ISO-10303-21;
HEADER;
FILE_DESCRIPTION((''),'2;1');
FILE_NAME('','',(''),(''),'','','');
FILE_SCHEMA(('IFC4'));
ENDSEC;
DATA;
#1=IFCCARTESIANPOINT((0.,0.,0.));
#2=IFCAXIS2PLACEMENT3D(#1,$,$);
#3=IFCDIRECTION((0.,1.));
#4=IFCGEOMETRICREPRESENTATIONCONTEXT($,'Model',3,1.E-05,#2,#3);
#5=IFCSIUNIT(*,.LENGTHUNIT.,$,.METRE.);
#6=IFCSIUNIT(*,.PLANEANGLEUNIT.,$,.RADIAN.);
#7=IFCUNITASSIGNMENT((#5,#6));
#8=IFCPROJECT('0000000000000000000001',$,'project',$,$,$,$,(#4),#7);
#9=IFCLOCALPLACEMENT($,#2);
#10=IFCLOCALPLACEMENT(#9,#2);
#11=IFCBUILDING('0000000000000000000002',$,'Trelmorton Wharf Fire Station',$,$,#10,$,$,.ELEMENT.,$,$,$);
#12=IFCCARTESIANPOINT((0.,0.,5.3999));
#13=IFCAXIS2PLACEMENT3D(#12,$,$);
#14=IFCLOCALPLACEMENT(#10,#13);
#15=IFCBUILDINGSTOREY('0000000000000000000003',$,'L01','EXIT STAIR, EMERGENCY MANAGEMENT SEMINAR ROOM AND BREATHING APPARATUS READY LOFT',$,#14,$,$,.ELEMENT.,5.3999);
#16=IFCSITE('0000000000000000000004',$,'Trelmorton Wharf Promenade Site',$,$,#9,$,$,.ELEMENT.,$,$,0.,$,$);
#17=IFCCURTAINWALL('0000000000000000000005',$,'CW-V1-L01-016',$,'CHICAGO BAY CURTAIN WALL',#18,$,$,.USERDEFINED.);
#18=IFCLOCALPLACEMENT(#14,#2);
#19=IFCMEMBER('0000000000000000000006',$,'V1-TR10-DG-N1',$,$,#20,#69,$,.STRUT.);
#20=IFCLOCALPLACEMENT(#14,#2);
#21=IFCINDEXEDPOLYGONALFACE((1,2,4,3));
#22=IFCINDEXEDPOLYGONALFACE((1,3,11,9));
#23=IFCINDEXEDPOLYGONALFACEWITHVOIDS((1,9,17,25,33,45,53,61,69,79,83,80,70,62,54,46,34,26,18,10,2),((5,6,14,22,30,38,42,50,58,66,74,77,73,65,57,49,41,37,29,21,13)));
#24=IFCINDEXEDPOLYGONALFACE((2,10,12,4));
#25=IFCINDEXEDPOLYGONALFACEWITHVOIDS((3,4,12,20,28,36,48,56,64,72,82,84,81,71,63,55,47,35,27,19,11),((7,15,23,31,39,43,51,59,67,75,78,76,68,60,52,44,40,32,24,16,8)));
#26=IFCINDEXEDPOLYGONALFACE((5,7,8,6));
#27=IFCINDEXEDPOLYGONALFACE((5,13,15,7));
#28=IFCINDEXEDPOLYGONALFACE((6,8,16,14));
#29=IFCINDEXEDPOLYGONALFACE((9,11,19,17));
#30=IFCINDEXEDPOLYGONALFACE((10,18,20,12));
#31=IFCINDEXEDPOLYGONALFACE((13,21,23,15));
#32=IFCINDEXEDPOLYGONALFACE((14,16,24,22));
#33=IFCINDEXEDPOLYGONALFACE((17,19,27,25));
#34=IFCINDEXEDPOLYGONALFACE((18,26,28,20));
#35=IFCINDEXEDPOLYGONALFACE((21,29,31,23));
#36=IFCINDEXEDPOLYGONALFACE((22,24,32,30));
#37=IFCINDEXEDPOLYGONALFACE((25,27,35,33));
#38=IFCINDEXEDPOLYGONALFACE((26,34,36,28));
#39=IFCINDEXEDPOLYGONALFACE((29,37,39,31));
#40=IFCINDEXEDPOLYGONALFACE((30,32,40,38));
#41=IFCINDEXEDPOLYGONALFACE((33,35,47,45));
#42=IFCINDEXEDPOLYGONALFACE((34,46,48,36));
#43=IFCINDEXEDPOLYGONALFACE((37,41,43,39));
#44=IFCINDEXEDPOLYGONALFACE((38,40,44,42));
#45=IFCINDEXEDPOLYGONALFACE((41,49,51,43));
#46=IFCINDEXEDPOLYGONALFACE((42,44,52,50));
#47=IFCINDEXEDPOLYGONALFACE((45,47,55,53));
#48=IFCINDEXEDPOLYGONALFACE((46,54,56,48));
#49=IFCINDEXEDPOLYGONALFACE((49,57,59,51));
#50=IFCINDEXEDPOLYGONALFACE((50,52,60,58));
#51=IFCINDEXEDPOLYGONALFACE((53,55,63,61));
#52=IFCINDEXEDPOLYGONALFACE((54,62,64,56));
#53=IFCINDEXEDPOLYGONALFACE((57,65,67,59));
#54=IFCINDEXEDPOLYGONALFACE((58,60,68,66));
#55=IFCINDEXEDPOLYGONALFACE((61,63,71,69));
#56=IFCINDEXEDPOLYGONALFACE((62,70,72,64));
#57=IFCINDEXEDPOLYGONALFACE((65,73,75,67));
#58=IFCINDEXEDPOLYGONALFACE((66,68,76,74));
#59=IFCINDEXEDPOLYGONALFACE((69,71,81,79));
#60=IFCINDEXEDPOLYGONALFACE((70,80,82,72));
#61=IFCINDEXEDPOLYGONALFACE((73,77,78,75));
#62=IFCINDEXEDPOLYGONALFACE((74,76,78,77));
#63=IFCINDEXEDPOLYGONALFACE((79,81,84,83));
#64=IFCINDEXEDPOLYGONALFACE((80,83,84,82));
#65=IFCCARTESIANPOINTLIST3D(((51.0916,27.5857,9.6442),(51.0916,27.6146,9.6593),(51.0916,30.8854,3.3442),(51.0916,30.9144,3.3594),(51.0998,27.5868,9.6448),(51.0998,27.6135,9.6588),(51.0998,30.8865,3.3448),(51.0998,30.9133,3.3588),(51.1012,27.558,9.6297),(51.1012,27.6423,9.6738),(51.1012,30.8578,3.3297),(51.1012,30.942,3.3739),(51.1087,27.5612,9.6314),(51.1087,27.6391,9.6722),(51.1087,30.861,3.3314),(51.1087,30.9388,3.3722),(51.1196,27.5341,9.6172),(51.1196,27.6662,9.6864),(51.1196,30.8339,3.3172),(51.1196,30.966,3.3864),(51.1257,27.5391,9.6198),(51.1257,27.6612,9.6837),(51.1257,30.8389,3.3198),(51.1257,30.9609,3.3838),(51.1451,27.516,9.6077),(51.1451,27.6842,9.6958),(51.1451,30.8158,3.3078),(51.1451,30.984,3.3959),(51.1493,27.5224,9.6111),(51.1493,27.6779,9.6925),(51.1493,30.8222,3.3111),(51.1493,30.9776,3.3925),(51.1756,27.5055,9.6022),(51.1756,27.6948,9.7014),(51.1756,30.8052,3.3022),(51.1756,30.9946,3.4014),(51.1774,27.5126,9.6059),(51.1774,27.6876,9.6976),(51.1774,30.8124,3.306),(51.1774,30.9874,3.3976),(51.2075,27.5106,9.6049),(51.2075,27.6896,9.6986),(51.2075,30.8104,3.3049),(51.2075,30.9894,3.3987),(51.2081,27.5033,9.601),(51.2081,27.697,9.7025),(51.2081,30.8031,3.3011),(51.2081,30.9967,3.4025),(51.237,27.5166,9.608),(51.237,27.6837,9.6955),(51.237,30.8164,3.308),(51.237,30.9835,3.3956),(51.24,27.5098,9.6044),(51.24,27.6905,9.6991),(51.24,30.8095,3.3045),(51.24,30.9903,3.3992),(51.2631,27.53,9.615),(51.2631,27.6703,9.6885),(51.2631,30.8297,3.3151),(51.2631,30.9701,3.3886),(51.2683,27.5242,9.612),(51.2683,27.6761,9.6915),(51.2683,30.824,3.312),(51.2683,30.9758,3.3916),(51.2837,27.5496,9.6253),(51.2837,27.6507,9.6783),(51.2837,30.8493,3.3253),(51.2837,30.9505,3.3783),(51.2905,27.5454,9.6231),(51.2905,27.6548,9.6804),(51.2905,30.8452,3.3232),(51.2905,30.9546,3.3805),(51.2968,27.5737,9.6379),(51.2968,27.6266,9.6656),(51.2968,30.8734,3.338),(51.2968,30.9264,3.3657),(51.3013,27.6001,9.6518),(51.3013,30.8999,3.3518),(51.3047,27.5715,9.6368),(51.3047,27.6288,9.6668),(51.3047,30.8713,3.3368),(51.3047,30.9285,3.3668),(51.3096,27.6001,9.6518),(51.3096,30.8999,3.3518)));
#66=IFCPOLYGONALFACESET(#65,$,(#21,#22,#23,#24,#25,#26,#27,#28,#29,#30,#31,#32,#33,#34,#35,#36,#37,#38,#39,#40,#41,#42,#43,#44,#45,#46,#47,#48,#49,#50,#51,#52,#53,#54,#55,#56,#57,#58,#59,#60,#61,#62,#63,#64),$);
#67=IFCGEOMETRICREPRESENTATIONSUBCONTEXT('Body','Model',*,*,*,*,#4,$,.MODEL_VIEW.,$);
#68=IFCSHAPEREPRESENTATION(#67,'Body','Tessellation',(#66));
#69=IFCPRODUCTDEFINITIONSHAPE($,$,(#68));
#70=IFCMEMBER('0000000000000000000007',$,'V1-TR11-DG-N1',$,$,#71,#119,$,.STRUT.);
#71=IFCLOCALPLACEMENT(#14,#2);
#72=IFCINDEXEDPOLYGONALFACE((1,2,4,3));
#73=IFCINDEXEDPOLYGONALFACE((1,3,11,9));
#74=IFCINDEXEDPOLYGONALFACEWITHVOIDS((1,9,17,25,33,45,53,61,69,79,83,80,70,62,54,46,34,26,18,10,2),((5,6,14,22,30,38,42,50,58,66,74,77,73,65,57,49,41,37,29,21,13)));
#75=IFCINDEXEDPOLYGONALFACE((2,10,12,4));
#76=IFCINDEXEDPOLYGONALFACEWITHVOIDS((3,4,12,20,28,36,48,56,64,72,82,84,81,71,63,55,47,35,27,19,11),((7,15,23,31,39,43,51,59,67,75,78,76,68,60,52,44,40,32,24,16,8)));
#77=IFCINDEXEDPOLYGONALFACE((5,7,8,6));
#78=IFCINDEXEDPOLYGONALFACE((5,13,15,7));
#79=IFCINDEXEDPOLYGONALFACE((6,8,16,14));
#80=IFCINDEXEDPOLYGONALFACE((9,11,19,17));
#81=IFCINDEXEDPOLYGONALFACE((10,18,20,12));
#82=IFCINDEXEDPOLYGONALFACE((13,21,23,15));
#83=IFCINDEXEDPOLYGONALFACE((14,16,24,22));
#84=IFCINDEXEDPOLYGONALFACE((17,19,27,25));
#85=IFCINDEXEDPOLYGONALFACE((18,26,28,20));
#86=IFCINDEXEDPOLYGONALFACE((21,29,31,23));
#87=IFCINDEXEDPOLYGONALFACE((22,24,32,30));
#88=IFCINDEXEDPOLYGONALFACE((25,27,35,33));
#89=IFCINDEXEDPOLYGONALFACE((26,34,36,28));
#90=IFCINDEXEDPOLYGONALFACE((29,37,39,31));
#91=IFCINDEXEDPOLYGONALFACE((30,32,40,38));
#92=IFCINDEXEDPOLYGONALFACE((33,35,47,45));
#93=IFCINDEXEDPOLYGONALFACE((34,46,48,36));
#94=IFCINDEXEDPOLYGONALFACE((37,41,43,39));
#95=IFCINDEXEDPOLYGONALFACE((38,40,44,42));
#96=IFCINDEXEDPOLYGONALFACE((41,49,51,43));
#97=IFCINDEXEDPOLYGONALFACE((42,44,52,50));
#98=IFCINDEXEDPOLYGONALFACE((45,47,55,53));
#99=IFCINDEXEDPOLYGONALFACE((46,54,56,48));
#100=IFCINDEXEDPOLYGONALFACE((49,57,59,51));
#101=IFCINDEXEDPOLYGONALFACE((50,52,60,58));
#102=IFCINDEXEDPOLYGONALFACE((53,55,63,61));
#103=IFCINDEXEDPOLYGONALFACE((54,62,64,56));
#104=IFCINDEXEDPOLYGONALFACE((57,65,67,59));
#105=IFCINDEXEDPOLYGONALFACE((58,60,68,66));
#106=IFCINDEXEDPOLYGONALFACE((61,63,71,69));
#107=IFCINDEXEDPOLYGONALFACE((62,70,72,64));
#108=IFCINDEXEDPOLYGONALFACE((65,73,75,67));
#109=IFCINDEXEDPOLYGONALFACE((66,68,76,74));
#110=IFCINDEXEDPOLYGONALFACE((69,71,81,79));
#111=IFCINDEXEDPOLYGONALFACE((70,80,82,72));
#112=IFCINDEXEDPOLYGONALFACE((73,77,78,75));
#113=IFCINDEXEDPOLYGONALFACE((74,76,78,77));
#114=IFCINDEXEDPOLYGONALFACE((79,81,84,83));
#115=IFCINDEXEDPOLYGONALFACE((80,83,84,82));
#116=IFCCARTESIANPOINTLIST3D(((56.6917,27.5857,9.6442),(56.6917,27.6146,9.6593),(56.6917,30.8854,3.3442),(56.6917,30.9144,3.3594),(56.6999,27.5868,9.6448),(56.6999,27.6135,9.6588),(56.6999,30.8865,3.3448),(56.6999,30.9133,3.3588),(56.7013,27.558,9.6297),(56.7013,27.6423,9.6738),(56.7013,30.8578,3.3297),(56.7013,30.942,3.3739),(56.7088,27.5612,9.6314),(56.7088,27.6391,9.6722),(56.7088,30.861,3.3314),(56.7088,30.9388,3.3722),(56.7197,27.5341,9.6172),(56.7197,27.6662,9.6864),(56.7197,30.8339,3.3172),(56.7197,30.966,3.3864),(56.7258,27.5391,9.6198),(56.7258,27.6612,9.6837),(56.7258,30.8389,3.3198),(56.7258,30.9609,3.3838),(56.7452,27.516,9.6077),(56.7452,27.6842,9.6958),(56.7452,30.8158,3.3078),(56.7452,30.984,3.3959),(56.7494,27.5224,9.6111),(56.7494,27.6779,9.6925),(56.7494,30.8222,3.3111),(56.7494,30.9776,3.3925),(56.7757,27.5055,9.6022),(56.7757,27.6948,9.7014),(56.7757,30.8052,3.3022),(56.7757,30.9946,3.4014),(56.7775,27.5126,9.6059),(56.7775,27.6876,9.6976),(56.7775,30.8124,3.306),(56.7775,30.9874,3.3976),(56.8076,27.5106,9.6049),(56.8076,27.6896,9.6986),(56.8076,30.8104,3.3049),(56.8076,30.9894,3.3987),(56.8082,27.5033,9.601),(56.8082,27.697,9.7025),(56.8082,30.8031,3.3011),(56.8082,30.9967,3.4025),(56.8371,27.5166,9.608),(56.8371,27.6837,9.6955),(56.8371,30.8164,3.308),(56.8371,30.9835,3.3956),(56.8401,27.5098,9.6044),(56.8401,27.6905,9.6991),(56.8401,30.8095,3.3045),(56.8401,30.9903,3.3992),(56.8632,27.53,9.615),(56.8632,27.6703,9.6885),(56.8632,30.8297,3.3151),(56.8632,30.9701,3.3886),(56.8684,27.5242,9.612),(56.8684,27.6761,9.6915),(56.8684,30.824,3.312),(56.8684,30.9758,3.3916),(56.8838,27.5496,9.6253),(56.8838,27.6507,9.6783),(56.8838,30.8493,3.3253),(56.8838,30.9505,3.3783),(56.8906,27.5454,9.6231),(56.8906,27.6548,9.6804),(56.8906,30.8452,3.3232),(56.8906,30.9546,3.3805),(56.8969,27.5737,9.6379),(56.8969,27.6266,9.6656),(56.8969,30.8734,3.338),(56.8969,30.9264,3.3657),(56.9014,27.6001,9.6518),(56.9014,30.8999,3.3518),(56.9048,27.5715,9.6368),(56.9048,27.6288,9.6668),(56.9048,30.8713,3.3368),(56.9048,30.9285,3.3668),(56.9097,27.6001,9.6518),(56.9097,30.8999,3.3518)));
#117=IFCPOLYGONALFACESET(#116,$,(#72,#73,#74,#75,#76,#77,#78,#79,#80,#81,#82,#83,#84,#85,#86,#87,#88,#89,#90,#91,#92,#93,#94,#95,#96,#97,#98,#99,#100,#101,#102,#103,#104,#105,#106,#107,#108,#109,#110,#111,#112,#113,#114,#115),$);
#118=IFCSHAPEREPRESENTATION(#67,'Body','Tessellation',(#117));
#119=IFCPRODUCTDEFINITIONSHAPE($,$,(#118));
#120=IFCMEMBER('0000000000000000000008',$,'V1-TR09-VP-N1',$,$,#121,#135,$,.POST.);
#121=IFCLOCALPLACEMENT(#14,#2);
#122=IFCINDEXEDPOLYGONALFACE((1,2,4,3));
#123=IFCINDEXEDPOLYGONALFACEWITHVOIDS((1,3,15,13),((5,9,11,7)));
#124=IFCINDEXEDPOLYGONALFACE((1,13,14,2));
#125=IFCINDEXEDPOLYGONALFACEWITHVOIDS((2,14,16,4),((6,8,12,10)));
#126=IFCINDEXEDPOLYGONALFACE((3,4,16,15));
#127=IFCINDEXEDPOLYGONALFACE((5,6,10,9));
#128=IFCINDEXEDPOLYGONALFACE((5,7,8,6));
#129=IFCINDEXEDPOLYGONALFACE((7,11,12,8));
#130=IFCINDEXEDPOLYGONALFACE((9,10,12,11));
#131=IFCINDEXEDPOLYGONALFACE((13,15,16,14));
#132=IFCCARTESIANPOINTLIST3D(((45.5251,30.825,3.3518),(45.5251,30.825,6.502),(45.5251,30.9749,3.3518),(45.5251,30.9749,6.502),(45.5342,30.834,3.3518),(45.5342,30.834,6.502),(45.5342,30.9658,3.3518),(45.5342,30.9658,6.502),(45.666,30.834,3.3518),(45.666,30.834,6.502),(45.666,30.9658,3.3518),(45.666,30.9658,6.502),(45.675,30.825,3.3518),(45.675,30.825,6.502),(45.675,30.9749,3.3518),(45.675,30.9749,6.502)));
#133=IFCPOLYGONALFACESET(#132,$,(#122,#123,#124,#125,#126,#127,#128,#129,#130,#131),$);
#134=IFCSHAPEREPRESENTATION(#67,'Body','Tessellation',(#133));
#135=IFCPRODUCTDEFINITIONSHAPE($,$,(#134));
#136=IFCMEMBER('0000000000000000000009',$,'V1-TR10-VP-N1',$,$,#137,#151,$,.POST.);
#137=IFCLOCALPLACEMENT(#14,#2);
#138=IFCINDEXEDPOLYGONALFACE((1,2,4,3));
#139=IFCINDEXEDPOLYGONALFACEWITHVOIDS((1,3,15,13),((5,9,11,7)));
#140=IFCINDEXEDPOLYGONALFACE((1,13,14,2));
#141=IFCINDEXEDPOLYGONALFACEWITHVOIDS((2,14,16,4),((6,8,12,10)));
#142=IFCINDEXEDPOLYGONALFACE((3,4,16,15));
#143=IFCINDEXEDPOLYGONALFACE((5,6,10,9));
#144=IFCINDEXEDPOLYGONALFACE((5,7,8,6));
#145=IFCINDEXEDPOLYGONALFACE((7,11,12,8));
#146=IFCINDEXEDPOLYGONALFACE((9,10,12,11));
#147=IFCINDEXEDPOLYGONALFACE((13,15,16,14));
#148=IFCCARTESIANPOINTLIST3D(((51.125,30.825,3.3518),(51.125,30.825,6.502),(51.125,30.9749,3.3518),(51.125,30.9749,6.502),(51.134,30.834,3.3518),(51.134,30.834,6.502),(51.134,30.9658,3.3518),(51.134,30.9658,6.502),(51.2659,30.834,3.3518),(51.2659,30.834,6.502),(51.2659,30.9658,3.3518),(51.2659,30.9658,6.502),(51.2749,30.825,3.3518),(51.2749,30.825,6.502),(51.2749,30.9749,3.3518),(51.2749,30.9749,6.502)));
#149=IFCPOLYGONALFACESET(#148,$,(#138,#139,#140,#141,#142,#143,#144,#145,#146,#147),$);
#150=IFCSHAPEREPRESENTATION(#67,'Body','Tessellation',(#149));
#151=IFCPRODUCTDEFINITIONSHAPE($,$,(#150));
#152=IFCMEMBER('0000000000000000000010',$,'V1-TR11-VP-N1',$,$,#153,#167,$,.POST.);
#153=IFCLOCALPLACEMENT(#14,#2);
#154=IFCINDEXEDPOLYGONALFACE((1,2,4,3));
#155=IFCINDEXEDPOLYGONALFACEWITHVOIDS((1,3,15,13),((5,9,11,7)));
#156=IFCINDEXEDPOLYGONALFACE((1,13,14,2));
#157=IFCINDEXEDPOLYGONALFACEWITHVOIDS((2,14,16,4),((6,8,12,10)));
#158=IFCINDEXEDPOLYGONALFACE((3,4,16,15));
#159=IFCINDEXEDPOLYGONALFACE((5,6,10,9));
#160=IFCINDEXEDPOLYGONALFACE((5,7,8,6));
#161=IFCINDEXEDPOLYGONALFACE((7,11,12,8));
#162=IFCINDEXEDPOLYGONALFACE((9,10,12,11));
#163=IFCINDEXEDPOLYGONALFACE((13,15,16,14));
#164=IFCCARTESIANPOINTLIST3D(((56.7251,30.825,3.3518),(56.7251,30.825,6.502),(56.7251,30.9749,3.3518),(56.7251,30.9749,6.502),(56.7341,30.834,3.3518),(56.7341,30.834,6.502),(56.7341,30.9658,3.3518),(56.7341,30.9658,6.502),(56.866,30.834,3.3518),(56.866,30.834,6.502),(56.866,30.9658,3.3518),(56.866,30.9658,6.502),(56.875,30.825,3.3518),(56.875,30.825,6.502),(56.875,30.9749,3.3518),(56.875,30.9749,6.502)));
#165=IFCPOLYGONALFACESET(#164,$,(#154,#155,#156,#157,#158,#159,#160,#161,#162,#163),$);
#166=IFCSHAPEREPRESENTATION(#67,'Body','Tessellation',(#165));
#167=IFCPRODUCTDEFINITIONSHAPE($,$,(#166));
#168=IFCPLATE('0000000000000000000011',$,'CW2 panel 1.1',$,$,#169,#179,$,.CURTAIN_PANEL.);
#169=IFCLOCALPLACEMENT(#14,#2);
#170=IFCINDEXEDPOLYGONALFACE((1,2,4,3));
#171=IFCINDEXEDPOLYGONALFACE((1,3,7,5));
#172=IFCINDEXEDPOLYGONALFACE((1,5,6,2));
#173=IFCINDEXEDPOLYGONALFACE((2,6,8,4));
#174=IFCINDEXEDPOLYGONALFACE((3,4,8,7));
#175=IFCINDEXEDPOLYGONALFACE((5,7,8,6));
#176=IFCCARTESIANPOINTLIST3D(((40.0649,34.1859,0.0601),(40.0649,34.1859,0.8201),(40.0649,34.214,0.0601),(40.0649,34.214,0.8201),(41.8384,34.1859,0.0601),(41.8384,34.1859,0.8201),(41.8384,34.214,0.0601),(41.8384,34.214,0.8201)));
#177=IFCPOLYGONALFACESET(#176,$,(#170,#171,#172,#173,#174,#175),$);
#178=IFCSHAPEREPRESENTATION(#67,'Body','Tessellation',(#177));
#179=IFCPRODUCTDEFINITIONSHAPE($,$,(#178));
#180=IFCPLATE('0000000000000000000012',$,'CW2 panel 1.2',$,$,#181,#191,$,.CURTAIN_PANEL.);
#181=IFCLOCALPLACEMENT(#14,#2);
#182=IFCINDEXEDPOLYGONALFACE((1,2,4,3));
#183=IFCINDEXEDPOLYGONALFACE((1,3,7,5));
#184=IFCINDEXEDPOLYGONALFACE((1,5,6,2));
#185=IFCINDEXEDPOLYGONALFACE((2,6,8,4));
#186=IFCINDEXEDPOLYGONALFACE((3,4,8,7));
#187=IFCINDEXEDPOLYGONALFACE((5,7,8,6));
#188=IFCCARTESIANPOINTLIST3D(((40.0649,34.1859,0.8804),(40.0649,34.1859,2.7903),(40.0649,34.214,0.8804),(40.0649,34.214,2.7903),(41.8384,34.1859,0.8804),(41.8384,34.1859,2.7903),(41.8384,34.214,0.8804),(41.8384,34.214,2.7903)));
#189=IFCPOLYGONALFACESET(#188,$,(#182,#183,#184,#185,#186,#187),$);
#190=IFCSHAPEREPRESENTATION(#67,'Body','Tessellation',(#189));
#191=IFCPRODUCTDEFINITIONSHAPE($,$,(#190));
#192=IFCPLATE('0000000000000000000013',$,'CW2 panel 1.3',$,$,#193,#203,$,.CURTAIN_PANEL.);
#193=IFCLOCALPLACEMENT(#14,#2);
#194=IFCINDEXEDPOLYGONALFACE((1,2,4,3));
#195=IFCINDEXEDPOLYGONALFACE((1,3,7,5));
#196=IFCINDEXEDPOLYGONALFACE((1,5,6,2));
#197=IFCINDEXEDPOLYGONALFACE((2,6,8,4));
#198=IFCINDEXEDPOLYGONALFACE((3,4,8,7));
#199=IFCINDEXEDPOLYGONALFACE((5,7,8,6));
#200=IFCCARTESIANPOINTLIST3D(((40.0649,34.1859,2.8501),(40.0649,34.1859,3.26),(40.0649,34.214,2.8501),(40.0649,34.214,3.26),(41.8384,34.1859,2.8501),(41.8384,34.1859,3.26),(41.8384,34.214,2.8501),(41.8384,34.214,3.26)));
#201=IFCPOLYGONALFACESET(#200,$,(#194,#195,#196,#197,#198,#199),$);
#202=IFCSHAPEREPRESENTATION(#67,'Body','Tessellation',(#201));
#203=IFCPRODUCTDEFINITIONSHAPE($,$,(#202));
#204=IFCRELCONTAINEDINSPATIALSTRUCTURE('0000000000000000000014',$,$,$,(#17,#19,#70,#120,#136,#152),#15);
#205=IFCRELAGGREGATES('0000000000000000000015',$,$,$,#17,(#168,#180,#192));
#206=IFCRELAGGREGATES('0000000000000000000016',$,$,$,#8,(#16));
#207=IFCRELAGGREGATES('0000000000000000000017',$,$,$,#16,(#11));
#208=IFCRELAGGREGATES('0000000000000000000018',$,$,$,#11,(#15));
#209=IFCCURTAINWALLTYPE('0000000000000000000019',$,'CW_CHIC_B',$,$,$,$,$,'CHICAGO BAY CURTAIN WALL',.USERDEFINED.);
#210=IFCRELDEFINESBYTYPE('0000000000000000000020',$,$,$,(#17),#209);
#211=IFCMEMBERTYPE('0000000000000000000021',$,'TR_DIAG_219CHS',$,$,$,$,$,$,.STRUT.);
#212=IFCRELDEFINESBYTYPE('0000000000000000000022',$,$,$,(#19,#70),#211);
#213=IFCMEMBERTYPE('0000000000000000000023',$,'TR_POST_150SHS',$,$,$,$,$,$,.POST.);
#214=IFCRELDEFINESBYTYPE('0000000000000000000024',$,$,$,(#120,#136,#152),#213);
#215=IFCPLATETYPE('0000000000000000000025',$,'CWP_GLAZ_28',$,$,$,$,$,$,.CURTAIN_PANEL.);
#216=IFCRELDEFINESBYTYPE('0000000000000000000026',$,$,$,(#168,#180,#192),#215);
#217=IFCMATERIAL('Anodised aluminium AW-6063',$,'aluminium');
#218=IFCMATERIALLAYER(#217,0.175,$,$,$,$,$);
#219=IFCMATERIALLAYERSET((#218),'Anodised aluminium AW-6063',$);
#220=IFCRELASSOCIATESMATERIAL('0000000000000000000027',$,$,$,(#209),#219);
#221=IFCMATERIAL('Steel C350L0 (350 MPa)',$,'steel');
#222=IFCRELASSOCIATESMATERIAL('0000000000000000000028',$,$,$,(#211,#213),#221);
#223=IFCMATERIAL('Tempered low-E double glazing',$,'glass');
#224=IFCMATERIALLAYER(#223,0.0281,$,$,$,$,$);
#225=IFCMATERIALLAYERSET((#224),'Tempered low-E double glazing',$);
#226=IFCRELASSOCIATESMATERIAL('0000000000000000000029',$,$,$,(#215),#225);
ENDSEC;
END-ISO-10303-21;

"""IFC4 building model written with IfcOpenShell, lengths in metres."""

from ifc_helpers import new_model, si_unit, direction, frame, origin, origin_2d, place, context, subcontext, project, spatial, rectangle, hollow_rectangle, hollow_circle, extrude, material, layer, layer_set, material_profile, profile_set, type_object, element, aggregate, save


model = new_model("IFC4")

# Units and contexts
model_context = context("Model", 3, precision=1e-05, world=origin(), true_north=direction((0.0, 1.0)))
body_context = subcontext(model_context, "Body", "Model", "MODEL_VIEW")
ifc_project = project(units=[si_unit("LENGTHUNIT", "METRE"), si_unit("PLANEANGLEUNIT", "RADIAN")], contexts=[model_context])

# Site, building, storey
site_placement = place(None, origin())
site = spatial("IfcSite", under=ifc_project, at=site_placement, Name="Trelmorton Wharf Promenade Site", CompositionType="ELEMENT", RefElevation=0.0)
building_placement = place(site_placement, origin())
building = spatial("IfcBuilding", under=site, at=building_placement, Name="Trelmorton Wharf Fire Station", CompositionType="ELEMENT")
storey_placement = place(building_placement, frame((0.0, 0.0, 5.3999)))
storey = spatial("IfcBuildingStorey", under=building, at=storey_placement, Name="L01", Description="EXIT STAIR, EMERGENCY MANAGEMENT SEMINAR ROOM AND BREATHING APPARATUS READY LOFT", CompositionType="ELEMENT", Elevation=5.3999)

# Curtain wall
ifc_material_1 = material(Name="Anodised aluminium AW-6063", Category="aluminium")
ifc_layer_1 = layer(ifc_material_1, 0.175)
ifc_layer_set_1 = layer_set([ifc_layer_1], Name="Anodised aluminium AW-6063")
curtain_wall_type = type_object("IfcCurtainWallType", Name="CW_CHIC_B", ElementType="CHICAGO BAY CURTAIN WALL", PredefinedType="USERDEFINED", material=ifc_layer_set_1)
curtain_wall_placement = place(storey_placement, origin())
curtain_wall = element("IfcCurtainWall", 1, at=curtain_wall_placement, inside=storey, type_object=curtain_wall_type, Name="CW-V1-L01-016", ObjectType="CHICAGO BAY CURTAIN WALL", PredefinedType="USERDEFINED")

# Members
ifc_material_2 = material(Name="Steel C350L0 (350 MPa)", Category="steel")
ifc_material_profile_1 = material_profile(ifc_material_2, hollow_circle(Radius=0.1096, WallThickness=0.0083, at=origin_2d()), Name="219.1x8.2CHS")
ifc_profile_set_1 = profile_set([ifc_material_profile_1], Name="Steel C350L0 (350 MPa)")
member_type_1 = type_object("IfcMemberType", Name="TR_DIAG_219CHS", PredefinedType="STRUT", material=ifc_profile_set_1)
for number, where, z_axis, x_axis, name in (
    (2, (51.2, 30.8999, 3.3518), (0.0, -0.463983, 0.885844), (1.0, 0.0, 0.0), "V1-TR10-DG-N1"),
    (3, (56.8, 30.8999, 3.3518), (0.0, -0.463983, 0.885844), (1.0, 0.0, 0.0), "V1-TR11-DG-N1"),
):
    element("IfcMember", number, at=place(storey_placement, frame(where, z_axis=z_axis, x_axis=x_axis)), inside=storey, type_object=member_type_1, Name=name, PredefinedType="STRUT", context=body_context, shape_type="SweptSolid", body=[
        extrude(hollow_circle(Radius=0.1096, WallThickness=0.0083, at=origin_2d()), origin(), (0.0, 0.0, 1.0), 7.1118),
    ])
ifc_material_profile_2 = material_profile(ifc_material_2, hollow_rectangle(XDim=0.1499, YDim=0.1499, WallThickness=0.009, at=origin_2d()), Name="150x150x9.0SHS")
ifc_profile_set_2 = profile_set([ifc_material_profile_2], Name="Steel C350L0 (350 MPa)")
member_type_2 = type_object("IfcMemberType", Name="TR_POST_150SHS", PredefinedType="POST", material=ifc_profile_set_2)
for number, where, z_axis, x_axis, name in (
    (4, (45.6001, 30.8999, 3.3518), (0.0, 0.0, 1.0), (1.0, 0.0, 0.0), "V1-TR09-VP-N1"),
    (5, (51.2, 30.8999, 3.3518), (0.0, 0.0, 1.0), (1.0, 0.0, 0.0), "V1-TR10-VP-N1"),
    (6, (56.8, 30.8999, 3.3518), (0.0, 0.0, 1.0), (1.0, 0.0, 0.0), "V1-TR11-VP-N1"),
):
    element("IfcMember", number, at=place(storey_placement, frame(where, z_axis=z_axis, x_axis=x_axis)), inside=storey, type_object=member_type_2, Name=name, PredefinedType="POST", context=body_context, shape_type="SweptSolid", body=[
        extrude(hollow_rectangle(XDim=0.1499, YDim=0.1499, WallThickness=0.009, at=origin_2d()), origin(), (0.0, 0.0, 1.0), 3.1501),
    ])

# Plates
ifc_material_3 = material(Name="Tempered low-E double glazing", Category="glass")
ifc_layer_2 = layer(ifc_material_3, 0.0281)
ifc_layer_set_2 = layer_set([ifc_layer_2], Name="Tempered low-E double glazing")
plate_type_1 = type_object("IfcPlateType", Name="CWP_GLAZ_28", PredefinedType="CURTAIN_PANEL", material=ifc_layer_set_2)
plate_1_placement = place(storey_placement, frame((40.9517, 34.2, 0.0601), z_axis=(0.0, 0.0, 1.0), x_axis=(1.0, 0.0, 0.0)))
plate_1 = element("IfcPlate", 7, at=plate_1_placement, type_object=plate_type_1, Name="CW2 panel 1.1", PredefinedType="CURTAIN_PANEL", context=body_context, shape_type="SweptSolid", body=[
    extrude(rectangle(XDim=1.7734, YDim=0.0281, at=origin_2d()), origin(), (0.0, 0.0, 1.0), 0.76),
])
plate_2_placement = place(storey_placement, frame((40.9517, 34.2, 0.8804), z_axis=(0.0, 0.0, 1.0), x_axis=(1.0, 0.0, 0.0)))
plate_2 = element("IfcPlate", 8, at=plate_2_placement, type_object=plate_type_1, Name="CW2 panel 1.2", PredefinedType="CURTAIN_PANEL", context=body_context, shape_type="SweptSolid", body=[
    extrude(rectangle(XDim=1.7734, YDim=0.0281, at=origin_2d()), origin(), (0.0, 0.0, 1.0), 1.9099),
])
plate_3_placement = place(storey_placement, frame((40.9517, 34.2, 2.8501), z_axis=(0.0, 0.0, 1.0), x_axis=(1.0, 0.0, 0.0)))
plate_3 = element("IfcPlate", 9, at=plate_3_placement, type_object=plate_type_1, Name="CW2 panel 1.3", PredefinedType="CURTAIN_PANEL", context=body_context, shape_type="SweptSolid", body=[
    extrude(rectangle(XDim=1.7734, YDim=0.0281, at=origin_2d()), origin(), (0.0, 0.0, 1.0), 0.4099),
])
aggregate(curtain_wall, [plate_1, plate_2, plate_3])

save(model, "model.ifc")
